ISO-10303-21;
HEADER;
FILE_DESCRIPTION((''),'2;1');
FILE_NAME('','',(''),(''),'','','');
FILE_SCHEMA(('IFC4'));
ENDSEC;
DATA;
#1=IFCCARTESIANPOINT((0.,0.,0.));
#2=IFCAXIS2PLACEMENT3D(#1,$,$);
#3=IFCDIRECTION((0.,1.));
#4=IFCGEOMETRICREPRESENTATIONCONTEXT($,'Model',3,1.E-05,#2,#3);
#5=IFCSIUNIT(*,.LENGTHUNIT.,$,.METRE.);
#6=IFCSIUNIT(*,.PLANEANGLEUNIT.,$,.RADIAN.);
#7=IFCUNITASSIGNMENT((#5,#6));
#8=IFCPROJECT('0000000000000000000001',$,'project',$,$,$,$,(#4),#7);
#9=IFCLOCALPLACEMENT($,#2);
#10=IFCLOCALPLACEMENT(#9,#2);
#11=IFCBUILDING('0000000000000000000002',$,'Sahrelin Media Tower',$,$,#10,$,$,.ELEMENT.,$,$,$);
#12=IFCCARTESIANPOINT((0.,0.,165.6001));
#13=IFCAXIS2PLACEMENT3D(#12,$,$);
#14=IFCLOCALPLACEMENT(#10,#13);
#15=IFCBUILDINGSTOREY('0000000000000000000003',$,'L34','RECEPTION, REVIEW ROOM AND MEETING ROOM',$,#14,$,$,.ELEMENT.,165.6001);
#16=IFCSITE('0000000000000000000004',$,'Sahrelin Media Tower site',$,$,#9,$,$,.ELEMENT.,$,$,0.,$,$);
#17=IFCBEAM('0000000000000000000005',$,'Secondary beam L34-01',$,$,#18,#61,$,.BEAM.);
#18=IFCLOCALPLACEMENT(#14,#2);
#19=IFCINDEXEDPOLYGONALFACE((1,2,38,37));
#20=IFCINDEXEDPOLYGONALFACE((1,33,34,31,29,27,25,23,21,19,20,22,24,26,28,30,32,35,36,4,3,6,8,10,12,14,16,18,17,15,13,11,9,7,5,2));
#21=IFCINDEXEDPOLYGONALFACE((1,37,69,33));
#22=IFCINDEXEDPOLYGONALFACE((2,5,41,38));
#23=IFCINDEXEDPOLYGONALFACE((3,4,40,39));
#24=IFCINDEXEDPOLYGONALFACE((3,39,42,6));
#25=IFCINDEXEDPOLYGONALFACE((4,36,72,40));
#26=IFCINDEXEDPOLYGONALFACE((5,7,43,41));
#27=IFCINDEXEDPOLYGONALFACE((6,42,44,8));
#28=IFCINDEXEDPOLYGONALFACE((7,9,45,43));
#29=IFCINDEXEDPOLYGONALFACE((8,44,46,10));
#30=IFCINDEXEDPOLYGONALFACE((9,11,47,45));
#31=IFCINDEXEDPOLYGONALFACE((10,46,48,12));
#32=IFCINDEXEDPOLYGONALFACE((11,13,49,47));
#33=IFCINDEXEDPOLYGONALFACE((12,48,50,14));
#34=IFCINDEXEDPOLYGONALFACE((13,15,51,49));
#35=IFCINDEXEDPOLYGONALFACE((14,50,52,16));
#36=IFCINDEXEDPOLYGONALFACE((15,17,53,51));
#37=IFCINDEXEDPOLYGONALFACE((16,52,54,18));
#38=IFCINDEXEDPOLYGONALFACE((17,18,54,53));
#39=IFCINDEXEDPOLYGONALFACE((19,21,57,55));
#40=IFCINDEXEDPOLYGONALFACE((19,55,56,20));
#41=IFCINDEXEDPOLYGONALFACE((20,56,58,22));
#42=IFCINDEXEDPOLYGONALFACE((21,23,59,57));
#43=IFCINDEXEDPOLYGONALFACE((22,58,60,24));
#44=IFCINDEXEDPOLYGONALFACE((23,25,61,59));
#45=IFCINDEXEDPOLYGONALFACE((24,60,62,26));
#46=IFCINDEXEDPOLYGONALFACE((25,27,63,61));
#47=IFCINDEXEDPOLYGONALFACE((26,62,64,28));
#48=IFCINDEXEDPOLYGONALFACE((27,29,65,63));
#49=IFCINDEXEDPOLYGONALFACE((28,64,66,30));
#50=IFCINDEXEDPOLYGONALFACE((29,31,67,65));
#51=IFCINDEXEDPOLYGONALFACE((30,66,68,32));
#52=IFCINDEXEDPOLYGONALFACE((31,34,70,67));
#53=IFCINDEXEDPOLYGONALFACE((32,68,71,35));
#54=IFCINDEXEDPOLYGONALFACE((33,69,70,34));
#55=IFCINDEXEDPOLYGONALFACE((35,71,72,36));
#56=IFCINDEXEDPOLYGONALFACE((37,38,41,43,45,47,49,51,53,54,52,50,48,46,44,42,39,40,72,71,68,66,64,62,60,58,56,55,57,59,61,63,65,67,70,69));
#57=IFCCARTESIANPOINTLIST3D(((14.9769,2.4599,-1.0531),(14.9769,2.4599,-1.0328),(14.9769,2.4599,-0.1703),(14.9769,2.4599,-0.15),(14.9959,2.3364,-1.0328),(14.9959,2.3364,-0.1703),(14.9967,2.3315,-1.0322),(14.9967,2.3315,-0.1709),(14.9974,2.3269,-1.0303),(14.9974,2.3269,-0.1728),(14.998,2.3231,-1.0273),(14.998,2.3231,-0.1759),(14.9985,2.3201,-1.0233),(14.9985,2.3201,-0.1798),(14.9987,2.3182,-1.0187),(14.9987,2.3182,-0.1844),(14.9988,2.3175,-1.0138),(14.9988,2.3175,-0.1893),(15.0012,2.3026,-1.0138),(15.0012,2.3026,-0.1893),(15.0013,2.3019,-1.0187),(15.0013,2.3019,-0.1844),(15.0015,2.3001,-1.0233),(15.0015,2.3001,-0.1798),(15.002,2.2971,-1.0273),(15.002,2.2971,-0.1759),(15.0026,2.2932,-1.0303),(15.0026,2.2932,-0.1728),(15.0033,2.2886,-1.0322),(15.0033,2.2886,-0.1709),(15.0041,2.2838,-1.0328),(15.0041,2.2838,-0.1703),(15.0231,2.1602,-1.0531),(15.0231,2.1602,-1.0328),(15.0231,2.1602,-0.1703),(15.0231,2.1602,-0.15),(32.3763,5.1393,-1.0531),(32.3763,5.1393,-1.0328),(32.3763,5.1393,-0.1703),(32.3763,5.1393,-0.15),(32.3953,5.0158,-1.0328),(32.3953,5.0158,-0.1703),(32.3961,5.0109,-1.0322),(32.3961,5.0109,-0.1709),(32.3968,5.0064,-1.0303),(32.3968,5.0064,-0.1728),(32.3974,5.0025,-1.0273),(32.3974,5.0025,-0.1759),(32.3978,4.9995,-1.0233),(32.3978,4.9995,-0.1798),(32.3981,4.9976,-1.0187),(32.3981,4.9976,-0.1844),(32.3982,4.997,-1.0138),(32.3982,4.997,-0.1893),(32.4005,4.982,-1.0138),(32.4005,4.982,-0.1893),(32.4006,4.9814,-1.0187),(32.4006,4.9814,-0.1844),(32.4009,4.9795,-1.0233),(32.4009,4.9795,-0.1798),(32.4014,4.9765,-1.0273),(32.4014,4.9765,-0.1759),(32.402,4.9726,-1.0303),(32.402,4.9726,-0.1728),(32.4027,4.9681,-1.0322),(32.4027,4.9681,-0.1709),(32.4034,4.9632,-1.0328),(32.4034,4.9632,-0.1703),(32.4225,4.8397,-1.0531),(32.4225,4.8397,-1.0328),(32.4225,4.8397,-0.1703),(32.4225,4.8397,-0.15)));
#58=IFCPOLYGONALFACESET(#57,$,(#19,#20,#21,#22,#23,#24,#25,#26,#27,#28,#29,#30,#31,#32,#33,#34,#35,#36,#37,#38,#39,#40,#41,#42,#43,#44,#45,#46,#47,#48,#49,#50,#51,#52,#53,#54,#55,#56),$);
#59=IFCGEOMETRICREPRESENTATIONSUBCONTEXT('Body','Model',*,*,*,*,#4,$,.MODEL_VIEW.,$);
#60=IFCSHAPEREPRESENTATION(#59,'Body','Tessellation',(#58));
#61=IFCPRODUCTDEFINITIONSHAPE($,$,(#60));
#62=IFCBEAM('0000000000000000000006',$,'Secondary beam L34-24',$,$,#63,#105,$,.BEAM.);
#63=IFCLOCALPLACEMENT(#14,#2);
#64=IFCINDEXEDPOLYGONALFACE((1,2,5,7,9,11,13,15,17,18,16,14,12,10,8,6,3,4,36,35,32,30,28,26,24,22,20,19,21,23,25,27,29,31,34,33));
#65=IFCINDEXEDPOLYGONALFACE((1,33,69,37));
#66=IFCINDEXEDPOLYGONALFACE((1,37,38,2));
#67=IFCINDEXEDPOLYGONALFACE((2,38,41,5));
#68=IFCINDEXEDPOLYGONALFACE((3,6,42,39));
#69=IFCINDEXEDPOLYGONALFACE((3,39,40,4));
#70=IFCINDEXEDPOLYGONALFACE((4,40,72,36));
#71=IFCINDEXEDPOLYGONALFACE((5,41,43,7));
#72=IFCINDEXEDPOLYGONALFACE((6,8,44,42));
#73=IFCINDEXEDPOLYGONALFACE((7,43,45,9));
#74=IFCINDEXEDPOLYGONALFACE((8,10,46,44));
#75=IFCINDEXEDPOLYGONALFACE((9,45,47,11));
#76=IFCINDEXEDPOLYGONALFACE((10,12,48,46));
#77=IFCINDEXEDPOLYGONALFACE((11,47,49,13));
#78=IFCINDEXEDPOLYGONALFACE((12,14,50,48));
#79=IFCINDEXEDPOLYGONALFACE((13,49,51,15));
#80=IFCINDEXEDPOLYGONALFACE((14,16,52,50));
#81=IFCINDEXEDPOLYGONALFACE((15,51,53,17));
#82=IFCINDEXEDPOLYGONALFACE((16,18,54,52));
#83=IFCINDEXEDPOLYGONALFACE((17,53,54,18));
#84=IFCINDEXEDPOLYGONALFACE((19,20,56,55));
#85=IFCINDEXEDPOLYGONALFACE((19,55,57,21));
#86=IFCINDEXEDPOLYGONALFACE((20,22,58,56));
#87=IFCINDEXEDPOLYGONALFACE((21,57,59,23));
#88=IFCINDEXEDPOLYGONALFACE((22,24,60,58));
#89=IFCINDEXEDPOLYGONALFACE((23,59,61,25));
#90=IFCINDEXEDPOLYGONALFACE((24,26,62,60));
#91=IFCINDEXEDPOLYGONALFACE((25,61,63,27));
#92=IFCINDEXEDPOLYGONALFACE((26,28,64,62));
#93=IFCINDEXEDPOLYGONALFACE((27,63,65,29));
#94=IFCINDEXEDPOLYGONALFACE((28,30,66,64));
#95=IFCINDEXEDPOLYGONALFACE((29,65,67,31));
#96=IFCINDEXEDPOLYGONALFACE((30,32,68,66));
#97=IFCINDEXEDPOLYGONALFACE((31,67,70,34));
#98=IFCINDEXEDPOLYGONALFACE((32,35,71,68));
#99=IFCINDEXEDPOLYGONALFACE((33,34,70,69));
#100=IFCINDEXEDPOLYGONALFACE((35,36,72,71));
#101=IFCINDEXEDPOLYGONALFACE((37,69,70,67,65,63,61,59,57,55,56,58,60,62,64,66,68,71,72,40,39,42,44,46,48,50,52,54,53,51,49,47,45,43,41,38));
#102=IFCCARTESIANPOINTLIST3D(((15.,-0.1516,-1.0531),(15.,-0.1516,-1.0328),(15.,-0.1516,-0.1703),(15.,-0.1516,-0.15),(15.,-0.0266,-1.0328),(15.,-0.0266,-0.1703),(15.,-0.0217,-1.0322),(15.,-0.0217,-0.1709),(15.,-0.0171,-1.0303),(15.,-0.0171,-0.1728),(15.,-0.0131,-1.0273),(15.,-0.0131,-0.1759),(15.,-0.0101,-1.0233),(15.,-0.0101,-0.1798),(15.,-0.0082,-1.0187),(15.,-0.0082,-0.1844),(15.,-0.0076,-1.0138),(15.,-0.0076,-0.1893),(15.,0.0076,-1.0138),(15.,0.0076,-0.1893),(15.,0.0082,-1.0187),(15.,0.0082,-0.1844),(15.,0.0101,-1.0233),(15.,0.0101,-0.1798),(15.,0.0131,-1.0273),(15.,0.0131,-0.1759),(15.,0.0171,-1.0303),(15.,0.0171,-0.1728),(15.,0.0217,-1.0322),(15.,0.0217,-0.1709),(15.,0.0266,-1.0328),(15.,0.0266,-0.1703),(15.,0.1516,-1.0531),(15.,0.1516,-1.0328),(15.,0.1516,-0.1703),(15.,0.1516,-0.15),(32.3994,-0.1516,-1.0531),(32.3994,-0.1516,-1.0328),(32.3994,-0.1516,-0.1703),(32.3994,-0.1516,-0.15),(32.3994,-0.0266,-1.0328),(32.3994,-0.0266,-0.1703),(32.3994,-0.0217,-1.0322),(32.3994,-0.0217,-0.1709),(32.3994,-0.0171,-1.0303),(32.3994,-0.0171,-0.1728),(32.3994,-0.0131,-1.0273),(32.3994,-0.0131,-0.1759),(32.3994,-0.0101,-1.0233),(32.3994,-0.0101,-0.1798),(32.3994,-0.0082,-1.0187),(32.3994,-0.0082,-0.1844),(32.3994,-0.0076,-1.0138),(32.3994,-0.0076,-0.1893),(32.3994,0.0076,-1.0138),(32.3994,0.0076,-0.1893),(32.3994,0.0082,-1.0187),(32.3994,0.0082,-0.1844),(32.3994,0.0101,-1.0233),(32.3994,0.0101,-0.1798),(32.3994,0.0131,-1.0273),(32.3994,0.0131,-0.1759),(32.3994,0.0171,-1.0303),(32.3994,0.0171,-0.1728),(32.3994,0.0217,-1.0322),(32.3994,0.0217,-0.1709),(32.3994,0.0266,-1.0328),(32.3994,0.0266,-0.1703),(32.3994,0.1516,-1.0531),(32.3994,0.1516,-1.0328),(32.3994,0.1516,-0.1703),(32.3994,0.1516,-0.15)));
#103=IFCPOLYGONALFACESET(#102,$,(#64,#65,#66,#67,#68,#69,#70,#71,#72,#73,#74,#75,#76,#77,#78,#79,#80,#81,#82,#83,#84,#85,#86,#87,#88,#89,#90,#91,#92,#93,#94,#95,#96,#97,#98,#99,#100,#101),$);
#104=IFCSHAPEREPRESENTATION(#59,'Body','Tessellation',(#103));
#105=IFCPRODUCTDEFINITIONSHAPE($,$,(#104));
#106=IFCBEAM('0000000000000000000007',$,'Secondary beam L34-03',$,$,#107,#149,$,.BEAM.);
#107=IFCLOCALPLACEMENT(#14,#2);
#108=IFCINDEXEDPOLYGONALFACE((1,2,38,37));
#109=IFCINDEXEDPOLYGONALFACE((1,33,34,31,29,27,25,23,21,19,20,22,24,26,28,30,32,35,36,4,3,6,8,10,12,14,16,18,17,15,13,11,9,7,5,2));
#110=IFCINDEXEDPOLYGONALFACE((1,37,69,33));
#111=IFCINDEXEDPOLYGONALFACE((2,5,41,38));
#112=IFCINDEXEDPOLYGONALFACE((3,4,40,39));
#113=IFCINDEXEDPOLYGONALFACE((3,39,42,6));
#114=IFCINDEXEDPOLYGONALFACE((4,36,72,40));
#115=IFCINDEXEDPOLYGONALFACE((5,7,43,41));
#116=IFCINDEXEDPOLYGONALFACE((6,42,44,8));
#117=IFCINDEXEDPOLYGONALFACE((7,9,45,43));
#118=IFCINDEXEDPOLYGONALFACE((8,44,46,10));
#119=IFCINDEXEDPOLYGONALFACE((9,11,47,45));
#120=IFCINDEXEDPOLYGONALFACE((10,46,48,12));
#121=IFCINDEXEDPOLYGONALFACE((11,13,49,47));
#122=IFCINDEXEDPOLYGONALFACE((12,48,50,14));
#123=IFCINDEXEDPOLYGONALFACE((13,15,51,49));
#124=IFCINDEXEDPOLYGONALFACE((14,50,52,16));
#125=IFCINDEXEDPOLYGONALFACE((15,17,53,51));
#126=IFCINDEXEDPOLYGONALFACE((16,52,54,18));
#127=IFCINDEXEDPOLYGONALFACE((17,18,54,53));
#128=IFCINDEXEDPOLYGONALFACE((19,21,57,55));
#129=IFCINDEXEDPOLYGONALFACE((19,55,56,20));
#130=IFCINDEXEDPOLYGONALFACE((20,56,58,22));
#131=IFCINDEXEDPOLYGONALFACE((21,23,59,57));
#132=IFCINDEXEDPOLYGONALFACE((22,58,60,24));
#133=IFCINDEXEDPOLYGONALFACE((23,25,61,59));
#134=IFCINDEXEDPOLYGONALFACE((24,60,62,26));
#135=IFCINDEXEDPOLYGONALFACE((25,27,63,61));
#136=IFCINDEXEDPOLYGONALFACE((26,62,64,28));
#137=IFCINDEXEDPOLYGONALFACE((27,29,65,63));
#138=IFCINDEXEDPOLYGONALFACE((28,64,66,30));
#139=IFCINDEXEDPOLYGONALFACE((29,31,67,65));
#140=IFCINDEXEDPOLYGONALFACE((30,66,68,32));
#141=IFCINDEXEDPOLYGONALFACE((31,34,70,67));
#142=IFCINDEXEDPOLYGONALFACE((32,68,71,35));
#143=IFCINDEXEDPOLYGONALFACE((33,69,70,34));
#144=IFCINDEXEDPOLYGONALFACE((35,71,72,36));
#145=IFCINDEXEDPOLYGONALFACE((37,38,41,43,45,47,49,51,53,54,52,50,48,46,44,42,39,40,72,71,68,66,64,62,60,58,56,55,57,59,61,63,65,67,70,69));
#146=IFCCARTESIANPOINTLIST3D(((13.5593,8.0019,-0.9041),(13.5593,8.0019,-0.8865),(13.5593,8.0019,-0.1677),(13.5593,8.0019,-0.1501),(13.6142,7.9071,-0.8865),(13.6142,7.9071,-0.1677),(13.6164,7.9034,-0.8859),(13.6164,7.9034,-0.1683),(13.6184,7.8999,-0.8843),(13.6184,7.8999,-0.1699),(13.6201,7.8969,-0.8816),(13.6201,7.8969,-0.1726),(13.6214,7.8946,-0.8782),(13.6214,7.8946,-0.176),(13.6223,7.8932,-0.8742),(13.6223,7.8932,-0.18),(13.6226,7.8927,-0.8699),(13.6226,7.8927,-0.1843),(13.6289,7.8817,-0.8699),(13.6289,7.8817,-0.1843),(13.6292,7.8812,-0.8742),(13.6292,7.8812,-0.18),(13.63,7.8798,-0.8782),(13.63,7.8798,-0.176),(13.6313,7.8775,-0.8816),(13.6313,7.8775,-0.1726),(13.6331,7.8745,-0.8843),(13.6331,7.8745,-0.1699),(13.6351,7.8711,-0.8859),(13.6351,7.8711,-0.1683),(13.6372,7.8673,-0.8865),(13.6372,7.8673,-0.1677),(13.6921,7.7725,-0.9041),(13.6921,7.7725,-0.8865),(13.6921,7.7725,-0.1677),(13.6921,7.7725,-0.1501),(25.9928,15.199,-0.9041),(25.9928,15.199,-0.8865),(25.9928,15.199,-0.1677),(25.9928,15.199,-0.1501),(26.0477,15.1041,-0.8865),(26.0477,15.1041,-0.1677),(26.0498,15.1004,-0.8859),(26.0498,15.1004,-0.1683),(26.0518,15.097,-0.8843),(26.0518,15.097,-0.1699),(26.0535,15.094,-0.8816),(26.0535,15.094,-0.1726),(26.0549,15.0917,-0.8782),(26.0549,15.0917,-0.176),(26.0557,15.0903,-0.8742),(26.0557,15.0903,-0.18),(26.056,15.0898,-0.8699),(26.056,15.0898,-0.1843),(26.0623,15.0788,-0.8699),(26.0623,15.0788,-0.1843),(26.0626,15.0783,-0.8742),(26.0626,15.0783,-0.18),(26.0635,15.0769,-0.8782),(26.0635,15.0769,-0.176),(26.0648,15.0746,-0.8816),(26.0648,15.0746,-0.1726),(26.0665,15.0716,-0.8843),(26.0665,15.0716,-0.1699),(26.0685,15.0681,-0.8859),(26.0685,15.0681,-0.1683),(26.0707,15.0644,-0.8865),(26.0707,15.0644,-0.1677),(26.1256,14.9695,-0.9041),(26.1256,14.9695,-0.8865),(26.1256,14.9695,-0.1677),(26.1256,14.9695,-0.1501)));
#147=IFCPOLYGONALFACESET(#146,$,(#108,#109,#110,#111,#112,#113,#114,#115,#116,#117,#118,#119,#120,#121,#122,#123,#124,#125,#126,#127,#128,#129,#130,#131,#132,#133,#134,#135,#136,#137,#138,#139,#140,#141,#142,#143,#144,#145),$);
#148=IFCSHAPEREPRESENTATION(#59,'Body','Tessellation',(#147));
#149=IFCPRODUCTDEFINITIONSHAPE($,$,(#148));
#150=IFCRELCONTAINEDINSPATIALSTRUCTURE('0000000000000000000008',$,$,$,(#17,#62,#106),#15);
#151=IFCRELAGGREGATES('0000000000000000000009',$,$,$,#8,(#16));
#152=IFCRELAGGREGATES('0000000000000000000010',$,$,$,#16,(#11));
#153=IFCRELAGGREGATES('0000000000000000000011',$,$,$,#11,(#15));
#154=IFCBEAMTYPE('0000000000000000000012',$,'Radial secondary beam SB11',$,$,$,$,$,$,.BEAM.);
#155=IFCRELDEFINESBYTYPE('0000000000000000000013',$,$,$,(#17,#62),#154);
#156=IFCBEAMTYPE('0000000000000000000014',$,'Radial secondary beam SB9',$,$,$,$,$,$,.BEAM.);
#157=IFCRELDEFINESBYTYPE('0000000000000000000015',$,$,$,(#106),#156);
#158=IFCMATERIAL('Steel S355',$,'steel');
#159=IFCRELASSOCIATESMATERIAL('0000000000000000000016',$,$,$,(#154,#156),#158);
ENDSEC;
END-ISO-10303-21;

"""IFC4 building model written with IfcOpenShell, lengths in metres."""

from ifc_helpers import new_model, si_unit, direction, frame, origin, origin_2d, place, context, subcontext, project, spatial, i_section, extrude, material, material_profile, profile_set, type_object, element, save


model = new_model("IFC4")

# Units and contexts
model_context = context("Model", 3, precision=1e-05, world=origin(), true_north=direction((0.0, 1.0)))
body_context = subcontext(model_context, "Body", "Model", "MODEL_VIEW")
ifc_project = project(units=[si_unit("LENGTHUNIT", "METRE"), si_unit("PLANEANGLEUNIT", "RADIAN")], contexts=[model_context])

# Site, building, storey
site_placement = place(None, origin())
site = spatial("IfcSite", under=ifc_project, at=site_placement, Name="Sahrelin Media Tower site", CompositionType="ELEMENT", RefElevation=0.0)
building_placement = place(site_placement, origin())
building = spatial("IfcBuilding", under=site, at=building_placement, Name="Sahrelin Media Tower", CompositionType="ELEMENT")
storey_placement = place(building_placement, frame((0.0, 0.0, 165.6001)))
storey = spatial("IfcBuildingStorey", under=building, at=storey_placement, Name="L34", Description="RECEPTION, REVIEW ROOM AND MEETING ROOM", CompositionType="ELEMENT", Elevation=165.6001)

# Beams
ifc_material_1 = material(Name="Steel S355", Category="steel")
ifc_material_profile_1 = material_profile(ifc_material_1, i_section(OverallWidth=0.3032, OverallDepth=0.9031, WebThickness=0.0151, FlangeThickness=0.0203, FilletRadius=0.019, at=origin_2d()), Name="UB 914x305x201")
ifc_profile_set_1 = profile_set([ifc_material_profile_1], Name="Steel S355")
beam_type_1 = type_object("IfcBeamType", Name="Radial secondary beam SB11", PredefinedType="BEAM", material=ifc_profile_set_1)
beam_1_placement = place(storey_placement, frame((15.0, 2.3101, -0.6016), z_axis=(0.988349, 0.152202, 0.0), x_axis=(-0.152202, 0.988349, 0.0)))
element("IfcBeam", 1, at=beam_1_placement, inside=storey, type_object=beam_type_1, Name="Secondary beam L34-01", PredefinedType="BEAM", context=body_context, shape_type="SweptSolid", body=[
    extrude(i_section(OverallWidth=0.3032, OverallDepth=0.9031, WebThickness=0.0151, FlangeThickness=0.0203, FilletRadius=0.019, at=origin_2d()), origin(), (0.0, 0.0, 1.0), 17.6045),
])
beam_2_placement = place(storey_placement, frame((15.0, 0.0, -0.6016), z_axis=(1.0, 0.0, 0.0), x_axis=(0.0, 1.0, 0.0)))
element("IfcBeam", 2, at=beam_2_placement, inside=storey, type_object=beam_type_1, Name="Secondary beam L34-24", PredefinedType="BEAM", context=body_context, shape_type="SweptSolid", body=[
    extrude(i_section(OverallWidth=0.3032, OverallDepth=0.9031, WebThickness=0.0151, FlangeThickness=0.0203, FilletRadius=0.019, at=origin_2d()), origin(), (0.0, 0.0, 1.0), 17.3994),
])
ifc_material_profile_2 = material_profile(ifc_material_1, i_section(OverallWidth=0.2651, OverallDepth=0.7539, WebThickness=0.0127, FlangeThickness=0.0176, FilletRadius=0.0166, at=origin_2d()), Name="UB 762x267x147")
ifc_profile_set_2 = profile_set([ifc_material_profile_2], Name="Steel S355")
beam_type_2 = type_object("IfcBeamType", Name="Radial secondary beam SB9", PredefinedType="BEAM", material=ifc_profile_set_2)
beam_3_placement = place(storey_placement, frame((13.6257, 7.8872, -0.5271), z_axis=(0.865464, 0.500972, 0.0), x_axis=(-0.500972, 0.865464, 0.0)))
element("IfcBeam", 3, at=beam_3_placement, inside=storey, type_object=beam_type_2, Name="Secondary beam L34-03", PredefinedType="BEAM", context=body_context, shape_type="SweptSolid", body=[
    extrude(i_section(OverallWidth=0.2651, OverallDepth=0.7539, WebThickness=0.0127, FlangeThickness=0.0176, FilletRadius=0.0166, at=origin_2d()), origin(), (0.0, 0.0, 1.0), 14.3662),
])

save(model, "model.ifc")
